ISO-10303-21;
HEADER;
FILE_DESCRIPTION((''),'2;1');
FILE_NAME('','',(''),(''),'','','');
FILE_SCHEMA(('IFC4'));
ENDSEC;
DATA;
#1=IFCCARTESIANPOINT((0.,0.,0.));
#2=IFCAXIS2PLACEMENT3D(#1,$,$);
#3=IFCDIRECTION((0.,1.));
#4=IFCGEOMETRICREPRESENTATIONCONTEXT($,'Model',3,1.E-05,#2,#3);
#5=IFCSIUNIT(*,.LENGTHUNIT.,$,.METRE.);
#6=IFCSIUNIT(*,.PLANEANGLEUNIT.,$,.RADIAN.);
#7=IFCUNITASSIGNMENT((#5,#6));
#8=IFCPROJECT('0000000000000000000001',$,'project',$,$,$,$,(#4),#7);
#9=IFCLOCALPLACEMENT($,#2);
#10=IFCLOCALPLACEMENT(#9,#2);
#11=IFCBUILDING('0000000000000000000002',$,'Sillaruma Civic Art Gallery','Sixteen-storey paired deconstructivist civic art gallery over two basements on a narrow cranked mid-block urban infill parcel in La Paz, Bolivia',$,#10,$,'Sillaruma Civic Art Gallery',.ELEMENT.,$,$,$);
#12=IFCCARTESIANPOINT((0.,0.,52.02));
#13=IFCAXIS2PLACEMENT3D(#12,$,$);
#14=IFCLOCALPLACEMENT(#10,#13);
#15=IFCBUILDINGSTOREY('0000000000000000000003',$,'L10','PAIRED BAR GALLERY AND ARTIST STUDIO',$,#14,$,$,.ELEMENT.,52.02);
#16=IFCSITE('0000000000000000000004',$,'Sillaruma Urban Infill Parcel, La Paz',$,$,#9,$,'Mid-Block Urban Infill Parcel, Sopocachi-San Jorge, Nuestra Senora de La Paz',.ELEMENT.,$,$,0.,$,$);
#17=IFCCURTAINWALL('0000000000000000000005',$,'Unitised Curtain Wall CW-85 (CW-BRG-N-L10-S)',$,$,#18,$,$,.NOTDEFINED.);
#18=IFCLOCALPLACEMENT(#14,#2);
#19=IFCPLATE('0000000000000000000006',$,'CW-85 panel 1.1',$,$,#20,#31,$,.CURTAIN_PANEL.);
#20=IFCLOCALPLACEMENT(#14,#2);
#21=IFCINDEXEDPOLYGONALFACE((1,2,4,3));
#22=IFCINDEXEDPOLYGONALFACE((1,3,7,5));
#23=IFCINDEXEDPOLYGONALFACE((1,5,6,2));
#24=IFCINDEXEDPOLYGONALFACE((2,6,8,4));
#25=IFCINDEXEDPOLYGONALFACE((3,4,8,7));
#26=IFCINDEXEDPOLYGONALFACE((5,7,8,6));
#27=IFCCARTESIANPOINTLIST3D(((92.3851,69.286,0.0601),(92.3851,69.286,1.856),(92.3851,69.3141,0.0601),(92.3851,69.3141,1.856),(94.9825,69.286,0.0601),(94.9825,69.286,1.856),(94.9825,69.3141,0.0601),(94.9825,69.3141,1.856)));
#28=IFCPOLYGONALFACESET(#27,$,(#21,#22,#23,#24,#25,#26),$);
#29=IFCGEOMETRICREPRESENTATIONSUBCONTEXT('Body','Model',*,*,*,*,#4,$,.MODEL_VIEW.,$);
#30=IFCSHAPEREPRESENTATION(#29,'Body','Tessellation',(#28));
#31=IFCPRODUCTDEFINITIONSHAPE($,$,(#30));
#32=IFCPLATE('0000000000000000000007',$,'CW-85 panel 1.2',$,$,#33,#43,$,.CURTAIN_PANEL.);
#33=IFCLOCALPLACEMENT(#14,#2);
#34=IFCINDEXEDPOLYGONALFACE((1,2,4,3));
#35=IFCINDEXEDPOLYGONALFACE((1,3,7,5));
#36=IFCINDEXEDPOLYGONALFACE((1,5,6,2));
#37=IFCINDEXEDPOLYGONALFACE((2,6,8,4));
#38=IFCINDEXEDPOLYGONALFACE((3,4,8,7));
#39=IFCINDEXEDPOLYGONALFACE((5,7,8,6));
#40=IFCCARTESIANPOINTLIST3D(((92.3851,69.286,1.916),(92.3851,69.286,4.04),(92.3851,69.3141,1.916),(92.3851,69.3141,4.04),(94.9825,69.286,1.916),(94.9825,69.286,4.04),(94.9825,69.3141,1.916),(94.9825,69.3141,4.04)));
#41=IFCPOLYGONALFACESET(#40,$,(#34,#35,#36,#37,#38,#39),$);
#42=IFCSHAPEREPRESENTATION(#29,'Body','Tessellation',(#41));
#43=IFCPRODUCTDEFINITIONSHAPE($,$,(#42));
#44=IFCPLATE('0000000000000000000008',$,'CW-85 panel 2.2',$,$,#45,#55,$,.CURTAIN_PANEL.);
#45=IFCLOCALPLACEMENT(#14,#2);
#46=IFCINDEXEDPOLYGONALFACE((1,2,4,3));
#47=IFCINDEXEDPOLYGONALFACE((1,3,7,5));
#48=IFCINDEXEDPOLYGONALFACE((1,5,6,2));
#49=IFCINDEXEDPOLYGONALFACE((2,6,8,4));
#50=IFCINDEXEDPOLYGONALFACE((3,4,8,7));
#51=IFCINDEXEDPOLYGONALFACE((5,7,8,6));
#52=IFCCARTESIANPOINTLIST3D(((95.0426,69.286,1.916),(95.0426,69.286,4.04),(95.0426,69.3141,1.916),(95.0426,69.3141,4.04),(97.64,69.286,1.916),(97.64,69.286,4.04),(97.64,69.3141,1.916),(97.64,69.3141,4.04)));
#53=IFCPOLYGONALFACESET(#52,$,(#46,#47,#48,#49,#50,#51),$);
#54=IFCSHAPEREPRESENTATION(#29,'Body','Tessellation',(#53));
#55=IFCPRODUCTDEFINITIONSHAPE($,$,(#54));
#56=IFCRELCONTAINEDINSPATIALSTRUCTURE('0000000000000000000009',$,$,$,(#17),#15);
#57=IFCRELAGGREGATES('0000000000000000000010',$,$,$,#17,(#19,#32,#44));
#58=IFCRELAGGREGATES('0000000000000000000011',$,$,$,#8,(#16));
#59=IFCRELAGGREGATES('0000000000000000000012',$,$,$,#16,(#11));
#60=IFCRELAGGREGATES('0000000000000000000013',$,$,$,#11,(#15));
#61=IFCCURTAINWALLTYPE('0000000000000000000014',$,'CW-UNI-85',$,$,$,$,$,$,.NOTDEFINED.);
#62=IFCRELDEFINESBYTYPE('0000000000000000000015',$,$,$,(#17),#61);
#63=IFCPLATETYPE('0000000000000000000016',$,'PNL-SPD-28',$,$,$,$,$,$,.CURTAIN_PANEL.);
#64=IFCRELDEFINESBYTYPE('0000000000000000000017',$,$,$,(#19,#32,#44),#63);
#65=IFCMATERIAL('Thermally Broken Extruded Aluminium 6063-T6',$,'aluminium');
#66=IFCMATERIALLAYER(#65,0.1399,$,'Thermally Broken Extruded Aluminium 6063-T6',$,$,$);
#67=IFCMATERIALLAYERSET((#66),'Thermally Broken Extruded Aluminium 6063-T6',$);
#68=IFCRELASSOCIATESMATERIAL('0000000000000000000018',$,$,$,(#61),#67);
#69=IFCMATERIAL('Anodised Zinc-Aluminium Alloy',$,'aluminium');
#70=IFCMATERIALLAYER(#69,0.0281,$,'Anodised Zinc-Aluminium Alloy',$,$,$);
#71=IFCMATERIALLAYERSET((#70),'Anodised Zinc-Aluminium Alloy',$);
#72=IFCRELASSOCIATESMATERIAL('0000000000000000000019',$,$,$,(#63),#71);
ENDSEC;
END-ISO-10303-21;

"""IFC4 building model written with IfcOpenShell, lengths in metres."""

from ifc_helpers import new_model, si_unit, direction, frame, origin, origin_2d, place, context, subcontext, project, spatial, rectangle, extrude, material, layer, layer_set, type_object, element, aggregate, save


model = new_model("IFC4")

# Units and contexts
model_context = context("Model", 3, precision=1e-05, world=origin(), true_north=direction((0.0, 1.0)))
body_context = subcontext(model_context, "Body", "Model", "MODEL_VIEW")
ifc_project = project(units=[si_unit("LENGTHUNIT", "METRE"), si_unit("PLANEANGLEUNIT", "RADIAN")], contexts=[model_context])

# Site, building, storey
site_placement = place(None, origin())
site = spatial("IfcSite", under=ifc_project, at=site_placement, Name="Sillaruma Urban Infill Parcel, La Paz", LongName="Mid-Block Urban Infill Parcel, Sopocachi-San Jorge, Nuestra Senora de La Paz", CompositionType="ELEMENT", RefElevation=0.0)
building_placement = place(site_placement, origin())
building = spatial("IfcBuilding", under=site, at=building_placement, Name="Sillaruma Civic Art Gallery", Description="Sixteen-storey paired deconstructivist civic art gallery over two basements on a narrow cranked mid-block urban infill parcel in La Paz, Bolivia", LongName="Sillaruma Civic Art Gallery", CompositionType="ELEMENT")
storey_placement = place(building_placement, frame((0.0, 0.0, 52.02)))
storey = spatial("IfcBuildingStorey", under=building, at=storey_placement, Name="L10", Description="PAIRED BAR GALLERY AND ARTIST STUDIO", CompositionType="ELEMENT", Elevation=52.02)

# Curtain wall
ifc_material_1 = material(Name="Thermally Broken Extruded Aluminium 6063-T6", Category="aluminium")
ifc_layer_1 = layer(ifc_material_1, 0.1399, Name="Thermally Broken Extruded Aluminium 6063-T6")
ifc_layer_set_1 = layer_set([ifc_layer_1], Name="Thermally Broken Extruded Aluminium 6063-T6")
curtain_wall_type_1 = type_object("IfcCurtainWallType", Name="CW-UNI-85", PredefinedType="NOTDEFINED", material=ifc_layer_set_1)
curtain_wall_1_placement = place(storey_placement, origin())
curtain_wall_1 = element("IfcCurtainWall", 1, at=curtain_wall_1_placement, inside=storey, type_object=curtain_wall_type_1, Name="Unitised Curtain Wall CW-85 (CW-BRG-N-L10-S)", PredefinedType="NOTDEFINED")

# Plates
ifc_material_2 = material(Name="Anodised Zinc-Aluminium Alloy", Category="aluminium")
ifc_layer_2 = layer(ifc_material_2, 0.0281, Name="Anodised Zinc-Aluminium Alloy")
ifc_layer_set_2 = layer_set([ifc_layer_2], Name="Anodised Zinc-Aluminium Alloy")
plate_type_1 = type_object("IfcPlateType", Name="PNL-SPD-28", PredefinedType="CURTAIN_PANEL", material=ifc_layer_set_2)
plate_1_placement = place(storey_placement, frame((93.6838, 69.3, 0.0601), z_axis=(0.0, 0.0, 1.0), x_axis=(1.0, 0.0, 0.0)))
plate_1 = element("IfcPlate", 2, at=plate_1_placement, type_object=plate_type_1, Name="CW-85 panel 1.1", PredefinedType="CURTAIN_PANEL", context=body_context, shape_type="SweptSolid", body=[
    extrude(rectangle(XDim=2.5974, YDim=0.0281, at=origin_2d()), origin(), (0.0, 0.0, 1.0), 1.7959),
])
plate_2_placement = place(storey_placement, frame((93.6838, 69.3, 1.916), z_axis=(0.0, 0.0, 1.0), x_axis=(1.0, 0.0, 0.0)))
plate_2 = element("IfcPlate", 3, at=plate_2_placement, type_object=plate_type_1, Name="CW-85 panel 1.2", PredefinedType="CURTAIN_PANEL", context=body_context, shape_type="SweptSolid", body=[
    extrude(rectangle(XDim=2.5974, YDim=0.0281, at=origin_2d()), origin(), (0.0, 0.0, 1.0), 2.124),
])
plate_3_placement = place(storey_placement, frame((96.3413, 69.3, 1.916), z_axis=(0.0, 0.0, 1.0), x_axis=(1.0, 0.0, 0.0)))
plate_3 = element("IfcPlate", 4, at=plate_3_placement, type_object=plate_type_1, Name="CW-85 panel 2.2", PredefinedType="CURTAIN_PANEL", context=body_context, shape_type="SweptSolid", body=[
    extrude(rectangle(XDim=2.5974, YDim=0.0281, at=origin_2d()), origin(), (0.0, 0.0, 1.0), 2.124),
])
aggregate(curtain_wall_1, [plate_1, plate_2, plate_3])

save(model, "model.ifc")
